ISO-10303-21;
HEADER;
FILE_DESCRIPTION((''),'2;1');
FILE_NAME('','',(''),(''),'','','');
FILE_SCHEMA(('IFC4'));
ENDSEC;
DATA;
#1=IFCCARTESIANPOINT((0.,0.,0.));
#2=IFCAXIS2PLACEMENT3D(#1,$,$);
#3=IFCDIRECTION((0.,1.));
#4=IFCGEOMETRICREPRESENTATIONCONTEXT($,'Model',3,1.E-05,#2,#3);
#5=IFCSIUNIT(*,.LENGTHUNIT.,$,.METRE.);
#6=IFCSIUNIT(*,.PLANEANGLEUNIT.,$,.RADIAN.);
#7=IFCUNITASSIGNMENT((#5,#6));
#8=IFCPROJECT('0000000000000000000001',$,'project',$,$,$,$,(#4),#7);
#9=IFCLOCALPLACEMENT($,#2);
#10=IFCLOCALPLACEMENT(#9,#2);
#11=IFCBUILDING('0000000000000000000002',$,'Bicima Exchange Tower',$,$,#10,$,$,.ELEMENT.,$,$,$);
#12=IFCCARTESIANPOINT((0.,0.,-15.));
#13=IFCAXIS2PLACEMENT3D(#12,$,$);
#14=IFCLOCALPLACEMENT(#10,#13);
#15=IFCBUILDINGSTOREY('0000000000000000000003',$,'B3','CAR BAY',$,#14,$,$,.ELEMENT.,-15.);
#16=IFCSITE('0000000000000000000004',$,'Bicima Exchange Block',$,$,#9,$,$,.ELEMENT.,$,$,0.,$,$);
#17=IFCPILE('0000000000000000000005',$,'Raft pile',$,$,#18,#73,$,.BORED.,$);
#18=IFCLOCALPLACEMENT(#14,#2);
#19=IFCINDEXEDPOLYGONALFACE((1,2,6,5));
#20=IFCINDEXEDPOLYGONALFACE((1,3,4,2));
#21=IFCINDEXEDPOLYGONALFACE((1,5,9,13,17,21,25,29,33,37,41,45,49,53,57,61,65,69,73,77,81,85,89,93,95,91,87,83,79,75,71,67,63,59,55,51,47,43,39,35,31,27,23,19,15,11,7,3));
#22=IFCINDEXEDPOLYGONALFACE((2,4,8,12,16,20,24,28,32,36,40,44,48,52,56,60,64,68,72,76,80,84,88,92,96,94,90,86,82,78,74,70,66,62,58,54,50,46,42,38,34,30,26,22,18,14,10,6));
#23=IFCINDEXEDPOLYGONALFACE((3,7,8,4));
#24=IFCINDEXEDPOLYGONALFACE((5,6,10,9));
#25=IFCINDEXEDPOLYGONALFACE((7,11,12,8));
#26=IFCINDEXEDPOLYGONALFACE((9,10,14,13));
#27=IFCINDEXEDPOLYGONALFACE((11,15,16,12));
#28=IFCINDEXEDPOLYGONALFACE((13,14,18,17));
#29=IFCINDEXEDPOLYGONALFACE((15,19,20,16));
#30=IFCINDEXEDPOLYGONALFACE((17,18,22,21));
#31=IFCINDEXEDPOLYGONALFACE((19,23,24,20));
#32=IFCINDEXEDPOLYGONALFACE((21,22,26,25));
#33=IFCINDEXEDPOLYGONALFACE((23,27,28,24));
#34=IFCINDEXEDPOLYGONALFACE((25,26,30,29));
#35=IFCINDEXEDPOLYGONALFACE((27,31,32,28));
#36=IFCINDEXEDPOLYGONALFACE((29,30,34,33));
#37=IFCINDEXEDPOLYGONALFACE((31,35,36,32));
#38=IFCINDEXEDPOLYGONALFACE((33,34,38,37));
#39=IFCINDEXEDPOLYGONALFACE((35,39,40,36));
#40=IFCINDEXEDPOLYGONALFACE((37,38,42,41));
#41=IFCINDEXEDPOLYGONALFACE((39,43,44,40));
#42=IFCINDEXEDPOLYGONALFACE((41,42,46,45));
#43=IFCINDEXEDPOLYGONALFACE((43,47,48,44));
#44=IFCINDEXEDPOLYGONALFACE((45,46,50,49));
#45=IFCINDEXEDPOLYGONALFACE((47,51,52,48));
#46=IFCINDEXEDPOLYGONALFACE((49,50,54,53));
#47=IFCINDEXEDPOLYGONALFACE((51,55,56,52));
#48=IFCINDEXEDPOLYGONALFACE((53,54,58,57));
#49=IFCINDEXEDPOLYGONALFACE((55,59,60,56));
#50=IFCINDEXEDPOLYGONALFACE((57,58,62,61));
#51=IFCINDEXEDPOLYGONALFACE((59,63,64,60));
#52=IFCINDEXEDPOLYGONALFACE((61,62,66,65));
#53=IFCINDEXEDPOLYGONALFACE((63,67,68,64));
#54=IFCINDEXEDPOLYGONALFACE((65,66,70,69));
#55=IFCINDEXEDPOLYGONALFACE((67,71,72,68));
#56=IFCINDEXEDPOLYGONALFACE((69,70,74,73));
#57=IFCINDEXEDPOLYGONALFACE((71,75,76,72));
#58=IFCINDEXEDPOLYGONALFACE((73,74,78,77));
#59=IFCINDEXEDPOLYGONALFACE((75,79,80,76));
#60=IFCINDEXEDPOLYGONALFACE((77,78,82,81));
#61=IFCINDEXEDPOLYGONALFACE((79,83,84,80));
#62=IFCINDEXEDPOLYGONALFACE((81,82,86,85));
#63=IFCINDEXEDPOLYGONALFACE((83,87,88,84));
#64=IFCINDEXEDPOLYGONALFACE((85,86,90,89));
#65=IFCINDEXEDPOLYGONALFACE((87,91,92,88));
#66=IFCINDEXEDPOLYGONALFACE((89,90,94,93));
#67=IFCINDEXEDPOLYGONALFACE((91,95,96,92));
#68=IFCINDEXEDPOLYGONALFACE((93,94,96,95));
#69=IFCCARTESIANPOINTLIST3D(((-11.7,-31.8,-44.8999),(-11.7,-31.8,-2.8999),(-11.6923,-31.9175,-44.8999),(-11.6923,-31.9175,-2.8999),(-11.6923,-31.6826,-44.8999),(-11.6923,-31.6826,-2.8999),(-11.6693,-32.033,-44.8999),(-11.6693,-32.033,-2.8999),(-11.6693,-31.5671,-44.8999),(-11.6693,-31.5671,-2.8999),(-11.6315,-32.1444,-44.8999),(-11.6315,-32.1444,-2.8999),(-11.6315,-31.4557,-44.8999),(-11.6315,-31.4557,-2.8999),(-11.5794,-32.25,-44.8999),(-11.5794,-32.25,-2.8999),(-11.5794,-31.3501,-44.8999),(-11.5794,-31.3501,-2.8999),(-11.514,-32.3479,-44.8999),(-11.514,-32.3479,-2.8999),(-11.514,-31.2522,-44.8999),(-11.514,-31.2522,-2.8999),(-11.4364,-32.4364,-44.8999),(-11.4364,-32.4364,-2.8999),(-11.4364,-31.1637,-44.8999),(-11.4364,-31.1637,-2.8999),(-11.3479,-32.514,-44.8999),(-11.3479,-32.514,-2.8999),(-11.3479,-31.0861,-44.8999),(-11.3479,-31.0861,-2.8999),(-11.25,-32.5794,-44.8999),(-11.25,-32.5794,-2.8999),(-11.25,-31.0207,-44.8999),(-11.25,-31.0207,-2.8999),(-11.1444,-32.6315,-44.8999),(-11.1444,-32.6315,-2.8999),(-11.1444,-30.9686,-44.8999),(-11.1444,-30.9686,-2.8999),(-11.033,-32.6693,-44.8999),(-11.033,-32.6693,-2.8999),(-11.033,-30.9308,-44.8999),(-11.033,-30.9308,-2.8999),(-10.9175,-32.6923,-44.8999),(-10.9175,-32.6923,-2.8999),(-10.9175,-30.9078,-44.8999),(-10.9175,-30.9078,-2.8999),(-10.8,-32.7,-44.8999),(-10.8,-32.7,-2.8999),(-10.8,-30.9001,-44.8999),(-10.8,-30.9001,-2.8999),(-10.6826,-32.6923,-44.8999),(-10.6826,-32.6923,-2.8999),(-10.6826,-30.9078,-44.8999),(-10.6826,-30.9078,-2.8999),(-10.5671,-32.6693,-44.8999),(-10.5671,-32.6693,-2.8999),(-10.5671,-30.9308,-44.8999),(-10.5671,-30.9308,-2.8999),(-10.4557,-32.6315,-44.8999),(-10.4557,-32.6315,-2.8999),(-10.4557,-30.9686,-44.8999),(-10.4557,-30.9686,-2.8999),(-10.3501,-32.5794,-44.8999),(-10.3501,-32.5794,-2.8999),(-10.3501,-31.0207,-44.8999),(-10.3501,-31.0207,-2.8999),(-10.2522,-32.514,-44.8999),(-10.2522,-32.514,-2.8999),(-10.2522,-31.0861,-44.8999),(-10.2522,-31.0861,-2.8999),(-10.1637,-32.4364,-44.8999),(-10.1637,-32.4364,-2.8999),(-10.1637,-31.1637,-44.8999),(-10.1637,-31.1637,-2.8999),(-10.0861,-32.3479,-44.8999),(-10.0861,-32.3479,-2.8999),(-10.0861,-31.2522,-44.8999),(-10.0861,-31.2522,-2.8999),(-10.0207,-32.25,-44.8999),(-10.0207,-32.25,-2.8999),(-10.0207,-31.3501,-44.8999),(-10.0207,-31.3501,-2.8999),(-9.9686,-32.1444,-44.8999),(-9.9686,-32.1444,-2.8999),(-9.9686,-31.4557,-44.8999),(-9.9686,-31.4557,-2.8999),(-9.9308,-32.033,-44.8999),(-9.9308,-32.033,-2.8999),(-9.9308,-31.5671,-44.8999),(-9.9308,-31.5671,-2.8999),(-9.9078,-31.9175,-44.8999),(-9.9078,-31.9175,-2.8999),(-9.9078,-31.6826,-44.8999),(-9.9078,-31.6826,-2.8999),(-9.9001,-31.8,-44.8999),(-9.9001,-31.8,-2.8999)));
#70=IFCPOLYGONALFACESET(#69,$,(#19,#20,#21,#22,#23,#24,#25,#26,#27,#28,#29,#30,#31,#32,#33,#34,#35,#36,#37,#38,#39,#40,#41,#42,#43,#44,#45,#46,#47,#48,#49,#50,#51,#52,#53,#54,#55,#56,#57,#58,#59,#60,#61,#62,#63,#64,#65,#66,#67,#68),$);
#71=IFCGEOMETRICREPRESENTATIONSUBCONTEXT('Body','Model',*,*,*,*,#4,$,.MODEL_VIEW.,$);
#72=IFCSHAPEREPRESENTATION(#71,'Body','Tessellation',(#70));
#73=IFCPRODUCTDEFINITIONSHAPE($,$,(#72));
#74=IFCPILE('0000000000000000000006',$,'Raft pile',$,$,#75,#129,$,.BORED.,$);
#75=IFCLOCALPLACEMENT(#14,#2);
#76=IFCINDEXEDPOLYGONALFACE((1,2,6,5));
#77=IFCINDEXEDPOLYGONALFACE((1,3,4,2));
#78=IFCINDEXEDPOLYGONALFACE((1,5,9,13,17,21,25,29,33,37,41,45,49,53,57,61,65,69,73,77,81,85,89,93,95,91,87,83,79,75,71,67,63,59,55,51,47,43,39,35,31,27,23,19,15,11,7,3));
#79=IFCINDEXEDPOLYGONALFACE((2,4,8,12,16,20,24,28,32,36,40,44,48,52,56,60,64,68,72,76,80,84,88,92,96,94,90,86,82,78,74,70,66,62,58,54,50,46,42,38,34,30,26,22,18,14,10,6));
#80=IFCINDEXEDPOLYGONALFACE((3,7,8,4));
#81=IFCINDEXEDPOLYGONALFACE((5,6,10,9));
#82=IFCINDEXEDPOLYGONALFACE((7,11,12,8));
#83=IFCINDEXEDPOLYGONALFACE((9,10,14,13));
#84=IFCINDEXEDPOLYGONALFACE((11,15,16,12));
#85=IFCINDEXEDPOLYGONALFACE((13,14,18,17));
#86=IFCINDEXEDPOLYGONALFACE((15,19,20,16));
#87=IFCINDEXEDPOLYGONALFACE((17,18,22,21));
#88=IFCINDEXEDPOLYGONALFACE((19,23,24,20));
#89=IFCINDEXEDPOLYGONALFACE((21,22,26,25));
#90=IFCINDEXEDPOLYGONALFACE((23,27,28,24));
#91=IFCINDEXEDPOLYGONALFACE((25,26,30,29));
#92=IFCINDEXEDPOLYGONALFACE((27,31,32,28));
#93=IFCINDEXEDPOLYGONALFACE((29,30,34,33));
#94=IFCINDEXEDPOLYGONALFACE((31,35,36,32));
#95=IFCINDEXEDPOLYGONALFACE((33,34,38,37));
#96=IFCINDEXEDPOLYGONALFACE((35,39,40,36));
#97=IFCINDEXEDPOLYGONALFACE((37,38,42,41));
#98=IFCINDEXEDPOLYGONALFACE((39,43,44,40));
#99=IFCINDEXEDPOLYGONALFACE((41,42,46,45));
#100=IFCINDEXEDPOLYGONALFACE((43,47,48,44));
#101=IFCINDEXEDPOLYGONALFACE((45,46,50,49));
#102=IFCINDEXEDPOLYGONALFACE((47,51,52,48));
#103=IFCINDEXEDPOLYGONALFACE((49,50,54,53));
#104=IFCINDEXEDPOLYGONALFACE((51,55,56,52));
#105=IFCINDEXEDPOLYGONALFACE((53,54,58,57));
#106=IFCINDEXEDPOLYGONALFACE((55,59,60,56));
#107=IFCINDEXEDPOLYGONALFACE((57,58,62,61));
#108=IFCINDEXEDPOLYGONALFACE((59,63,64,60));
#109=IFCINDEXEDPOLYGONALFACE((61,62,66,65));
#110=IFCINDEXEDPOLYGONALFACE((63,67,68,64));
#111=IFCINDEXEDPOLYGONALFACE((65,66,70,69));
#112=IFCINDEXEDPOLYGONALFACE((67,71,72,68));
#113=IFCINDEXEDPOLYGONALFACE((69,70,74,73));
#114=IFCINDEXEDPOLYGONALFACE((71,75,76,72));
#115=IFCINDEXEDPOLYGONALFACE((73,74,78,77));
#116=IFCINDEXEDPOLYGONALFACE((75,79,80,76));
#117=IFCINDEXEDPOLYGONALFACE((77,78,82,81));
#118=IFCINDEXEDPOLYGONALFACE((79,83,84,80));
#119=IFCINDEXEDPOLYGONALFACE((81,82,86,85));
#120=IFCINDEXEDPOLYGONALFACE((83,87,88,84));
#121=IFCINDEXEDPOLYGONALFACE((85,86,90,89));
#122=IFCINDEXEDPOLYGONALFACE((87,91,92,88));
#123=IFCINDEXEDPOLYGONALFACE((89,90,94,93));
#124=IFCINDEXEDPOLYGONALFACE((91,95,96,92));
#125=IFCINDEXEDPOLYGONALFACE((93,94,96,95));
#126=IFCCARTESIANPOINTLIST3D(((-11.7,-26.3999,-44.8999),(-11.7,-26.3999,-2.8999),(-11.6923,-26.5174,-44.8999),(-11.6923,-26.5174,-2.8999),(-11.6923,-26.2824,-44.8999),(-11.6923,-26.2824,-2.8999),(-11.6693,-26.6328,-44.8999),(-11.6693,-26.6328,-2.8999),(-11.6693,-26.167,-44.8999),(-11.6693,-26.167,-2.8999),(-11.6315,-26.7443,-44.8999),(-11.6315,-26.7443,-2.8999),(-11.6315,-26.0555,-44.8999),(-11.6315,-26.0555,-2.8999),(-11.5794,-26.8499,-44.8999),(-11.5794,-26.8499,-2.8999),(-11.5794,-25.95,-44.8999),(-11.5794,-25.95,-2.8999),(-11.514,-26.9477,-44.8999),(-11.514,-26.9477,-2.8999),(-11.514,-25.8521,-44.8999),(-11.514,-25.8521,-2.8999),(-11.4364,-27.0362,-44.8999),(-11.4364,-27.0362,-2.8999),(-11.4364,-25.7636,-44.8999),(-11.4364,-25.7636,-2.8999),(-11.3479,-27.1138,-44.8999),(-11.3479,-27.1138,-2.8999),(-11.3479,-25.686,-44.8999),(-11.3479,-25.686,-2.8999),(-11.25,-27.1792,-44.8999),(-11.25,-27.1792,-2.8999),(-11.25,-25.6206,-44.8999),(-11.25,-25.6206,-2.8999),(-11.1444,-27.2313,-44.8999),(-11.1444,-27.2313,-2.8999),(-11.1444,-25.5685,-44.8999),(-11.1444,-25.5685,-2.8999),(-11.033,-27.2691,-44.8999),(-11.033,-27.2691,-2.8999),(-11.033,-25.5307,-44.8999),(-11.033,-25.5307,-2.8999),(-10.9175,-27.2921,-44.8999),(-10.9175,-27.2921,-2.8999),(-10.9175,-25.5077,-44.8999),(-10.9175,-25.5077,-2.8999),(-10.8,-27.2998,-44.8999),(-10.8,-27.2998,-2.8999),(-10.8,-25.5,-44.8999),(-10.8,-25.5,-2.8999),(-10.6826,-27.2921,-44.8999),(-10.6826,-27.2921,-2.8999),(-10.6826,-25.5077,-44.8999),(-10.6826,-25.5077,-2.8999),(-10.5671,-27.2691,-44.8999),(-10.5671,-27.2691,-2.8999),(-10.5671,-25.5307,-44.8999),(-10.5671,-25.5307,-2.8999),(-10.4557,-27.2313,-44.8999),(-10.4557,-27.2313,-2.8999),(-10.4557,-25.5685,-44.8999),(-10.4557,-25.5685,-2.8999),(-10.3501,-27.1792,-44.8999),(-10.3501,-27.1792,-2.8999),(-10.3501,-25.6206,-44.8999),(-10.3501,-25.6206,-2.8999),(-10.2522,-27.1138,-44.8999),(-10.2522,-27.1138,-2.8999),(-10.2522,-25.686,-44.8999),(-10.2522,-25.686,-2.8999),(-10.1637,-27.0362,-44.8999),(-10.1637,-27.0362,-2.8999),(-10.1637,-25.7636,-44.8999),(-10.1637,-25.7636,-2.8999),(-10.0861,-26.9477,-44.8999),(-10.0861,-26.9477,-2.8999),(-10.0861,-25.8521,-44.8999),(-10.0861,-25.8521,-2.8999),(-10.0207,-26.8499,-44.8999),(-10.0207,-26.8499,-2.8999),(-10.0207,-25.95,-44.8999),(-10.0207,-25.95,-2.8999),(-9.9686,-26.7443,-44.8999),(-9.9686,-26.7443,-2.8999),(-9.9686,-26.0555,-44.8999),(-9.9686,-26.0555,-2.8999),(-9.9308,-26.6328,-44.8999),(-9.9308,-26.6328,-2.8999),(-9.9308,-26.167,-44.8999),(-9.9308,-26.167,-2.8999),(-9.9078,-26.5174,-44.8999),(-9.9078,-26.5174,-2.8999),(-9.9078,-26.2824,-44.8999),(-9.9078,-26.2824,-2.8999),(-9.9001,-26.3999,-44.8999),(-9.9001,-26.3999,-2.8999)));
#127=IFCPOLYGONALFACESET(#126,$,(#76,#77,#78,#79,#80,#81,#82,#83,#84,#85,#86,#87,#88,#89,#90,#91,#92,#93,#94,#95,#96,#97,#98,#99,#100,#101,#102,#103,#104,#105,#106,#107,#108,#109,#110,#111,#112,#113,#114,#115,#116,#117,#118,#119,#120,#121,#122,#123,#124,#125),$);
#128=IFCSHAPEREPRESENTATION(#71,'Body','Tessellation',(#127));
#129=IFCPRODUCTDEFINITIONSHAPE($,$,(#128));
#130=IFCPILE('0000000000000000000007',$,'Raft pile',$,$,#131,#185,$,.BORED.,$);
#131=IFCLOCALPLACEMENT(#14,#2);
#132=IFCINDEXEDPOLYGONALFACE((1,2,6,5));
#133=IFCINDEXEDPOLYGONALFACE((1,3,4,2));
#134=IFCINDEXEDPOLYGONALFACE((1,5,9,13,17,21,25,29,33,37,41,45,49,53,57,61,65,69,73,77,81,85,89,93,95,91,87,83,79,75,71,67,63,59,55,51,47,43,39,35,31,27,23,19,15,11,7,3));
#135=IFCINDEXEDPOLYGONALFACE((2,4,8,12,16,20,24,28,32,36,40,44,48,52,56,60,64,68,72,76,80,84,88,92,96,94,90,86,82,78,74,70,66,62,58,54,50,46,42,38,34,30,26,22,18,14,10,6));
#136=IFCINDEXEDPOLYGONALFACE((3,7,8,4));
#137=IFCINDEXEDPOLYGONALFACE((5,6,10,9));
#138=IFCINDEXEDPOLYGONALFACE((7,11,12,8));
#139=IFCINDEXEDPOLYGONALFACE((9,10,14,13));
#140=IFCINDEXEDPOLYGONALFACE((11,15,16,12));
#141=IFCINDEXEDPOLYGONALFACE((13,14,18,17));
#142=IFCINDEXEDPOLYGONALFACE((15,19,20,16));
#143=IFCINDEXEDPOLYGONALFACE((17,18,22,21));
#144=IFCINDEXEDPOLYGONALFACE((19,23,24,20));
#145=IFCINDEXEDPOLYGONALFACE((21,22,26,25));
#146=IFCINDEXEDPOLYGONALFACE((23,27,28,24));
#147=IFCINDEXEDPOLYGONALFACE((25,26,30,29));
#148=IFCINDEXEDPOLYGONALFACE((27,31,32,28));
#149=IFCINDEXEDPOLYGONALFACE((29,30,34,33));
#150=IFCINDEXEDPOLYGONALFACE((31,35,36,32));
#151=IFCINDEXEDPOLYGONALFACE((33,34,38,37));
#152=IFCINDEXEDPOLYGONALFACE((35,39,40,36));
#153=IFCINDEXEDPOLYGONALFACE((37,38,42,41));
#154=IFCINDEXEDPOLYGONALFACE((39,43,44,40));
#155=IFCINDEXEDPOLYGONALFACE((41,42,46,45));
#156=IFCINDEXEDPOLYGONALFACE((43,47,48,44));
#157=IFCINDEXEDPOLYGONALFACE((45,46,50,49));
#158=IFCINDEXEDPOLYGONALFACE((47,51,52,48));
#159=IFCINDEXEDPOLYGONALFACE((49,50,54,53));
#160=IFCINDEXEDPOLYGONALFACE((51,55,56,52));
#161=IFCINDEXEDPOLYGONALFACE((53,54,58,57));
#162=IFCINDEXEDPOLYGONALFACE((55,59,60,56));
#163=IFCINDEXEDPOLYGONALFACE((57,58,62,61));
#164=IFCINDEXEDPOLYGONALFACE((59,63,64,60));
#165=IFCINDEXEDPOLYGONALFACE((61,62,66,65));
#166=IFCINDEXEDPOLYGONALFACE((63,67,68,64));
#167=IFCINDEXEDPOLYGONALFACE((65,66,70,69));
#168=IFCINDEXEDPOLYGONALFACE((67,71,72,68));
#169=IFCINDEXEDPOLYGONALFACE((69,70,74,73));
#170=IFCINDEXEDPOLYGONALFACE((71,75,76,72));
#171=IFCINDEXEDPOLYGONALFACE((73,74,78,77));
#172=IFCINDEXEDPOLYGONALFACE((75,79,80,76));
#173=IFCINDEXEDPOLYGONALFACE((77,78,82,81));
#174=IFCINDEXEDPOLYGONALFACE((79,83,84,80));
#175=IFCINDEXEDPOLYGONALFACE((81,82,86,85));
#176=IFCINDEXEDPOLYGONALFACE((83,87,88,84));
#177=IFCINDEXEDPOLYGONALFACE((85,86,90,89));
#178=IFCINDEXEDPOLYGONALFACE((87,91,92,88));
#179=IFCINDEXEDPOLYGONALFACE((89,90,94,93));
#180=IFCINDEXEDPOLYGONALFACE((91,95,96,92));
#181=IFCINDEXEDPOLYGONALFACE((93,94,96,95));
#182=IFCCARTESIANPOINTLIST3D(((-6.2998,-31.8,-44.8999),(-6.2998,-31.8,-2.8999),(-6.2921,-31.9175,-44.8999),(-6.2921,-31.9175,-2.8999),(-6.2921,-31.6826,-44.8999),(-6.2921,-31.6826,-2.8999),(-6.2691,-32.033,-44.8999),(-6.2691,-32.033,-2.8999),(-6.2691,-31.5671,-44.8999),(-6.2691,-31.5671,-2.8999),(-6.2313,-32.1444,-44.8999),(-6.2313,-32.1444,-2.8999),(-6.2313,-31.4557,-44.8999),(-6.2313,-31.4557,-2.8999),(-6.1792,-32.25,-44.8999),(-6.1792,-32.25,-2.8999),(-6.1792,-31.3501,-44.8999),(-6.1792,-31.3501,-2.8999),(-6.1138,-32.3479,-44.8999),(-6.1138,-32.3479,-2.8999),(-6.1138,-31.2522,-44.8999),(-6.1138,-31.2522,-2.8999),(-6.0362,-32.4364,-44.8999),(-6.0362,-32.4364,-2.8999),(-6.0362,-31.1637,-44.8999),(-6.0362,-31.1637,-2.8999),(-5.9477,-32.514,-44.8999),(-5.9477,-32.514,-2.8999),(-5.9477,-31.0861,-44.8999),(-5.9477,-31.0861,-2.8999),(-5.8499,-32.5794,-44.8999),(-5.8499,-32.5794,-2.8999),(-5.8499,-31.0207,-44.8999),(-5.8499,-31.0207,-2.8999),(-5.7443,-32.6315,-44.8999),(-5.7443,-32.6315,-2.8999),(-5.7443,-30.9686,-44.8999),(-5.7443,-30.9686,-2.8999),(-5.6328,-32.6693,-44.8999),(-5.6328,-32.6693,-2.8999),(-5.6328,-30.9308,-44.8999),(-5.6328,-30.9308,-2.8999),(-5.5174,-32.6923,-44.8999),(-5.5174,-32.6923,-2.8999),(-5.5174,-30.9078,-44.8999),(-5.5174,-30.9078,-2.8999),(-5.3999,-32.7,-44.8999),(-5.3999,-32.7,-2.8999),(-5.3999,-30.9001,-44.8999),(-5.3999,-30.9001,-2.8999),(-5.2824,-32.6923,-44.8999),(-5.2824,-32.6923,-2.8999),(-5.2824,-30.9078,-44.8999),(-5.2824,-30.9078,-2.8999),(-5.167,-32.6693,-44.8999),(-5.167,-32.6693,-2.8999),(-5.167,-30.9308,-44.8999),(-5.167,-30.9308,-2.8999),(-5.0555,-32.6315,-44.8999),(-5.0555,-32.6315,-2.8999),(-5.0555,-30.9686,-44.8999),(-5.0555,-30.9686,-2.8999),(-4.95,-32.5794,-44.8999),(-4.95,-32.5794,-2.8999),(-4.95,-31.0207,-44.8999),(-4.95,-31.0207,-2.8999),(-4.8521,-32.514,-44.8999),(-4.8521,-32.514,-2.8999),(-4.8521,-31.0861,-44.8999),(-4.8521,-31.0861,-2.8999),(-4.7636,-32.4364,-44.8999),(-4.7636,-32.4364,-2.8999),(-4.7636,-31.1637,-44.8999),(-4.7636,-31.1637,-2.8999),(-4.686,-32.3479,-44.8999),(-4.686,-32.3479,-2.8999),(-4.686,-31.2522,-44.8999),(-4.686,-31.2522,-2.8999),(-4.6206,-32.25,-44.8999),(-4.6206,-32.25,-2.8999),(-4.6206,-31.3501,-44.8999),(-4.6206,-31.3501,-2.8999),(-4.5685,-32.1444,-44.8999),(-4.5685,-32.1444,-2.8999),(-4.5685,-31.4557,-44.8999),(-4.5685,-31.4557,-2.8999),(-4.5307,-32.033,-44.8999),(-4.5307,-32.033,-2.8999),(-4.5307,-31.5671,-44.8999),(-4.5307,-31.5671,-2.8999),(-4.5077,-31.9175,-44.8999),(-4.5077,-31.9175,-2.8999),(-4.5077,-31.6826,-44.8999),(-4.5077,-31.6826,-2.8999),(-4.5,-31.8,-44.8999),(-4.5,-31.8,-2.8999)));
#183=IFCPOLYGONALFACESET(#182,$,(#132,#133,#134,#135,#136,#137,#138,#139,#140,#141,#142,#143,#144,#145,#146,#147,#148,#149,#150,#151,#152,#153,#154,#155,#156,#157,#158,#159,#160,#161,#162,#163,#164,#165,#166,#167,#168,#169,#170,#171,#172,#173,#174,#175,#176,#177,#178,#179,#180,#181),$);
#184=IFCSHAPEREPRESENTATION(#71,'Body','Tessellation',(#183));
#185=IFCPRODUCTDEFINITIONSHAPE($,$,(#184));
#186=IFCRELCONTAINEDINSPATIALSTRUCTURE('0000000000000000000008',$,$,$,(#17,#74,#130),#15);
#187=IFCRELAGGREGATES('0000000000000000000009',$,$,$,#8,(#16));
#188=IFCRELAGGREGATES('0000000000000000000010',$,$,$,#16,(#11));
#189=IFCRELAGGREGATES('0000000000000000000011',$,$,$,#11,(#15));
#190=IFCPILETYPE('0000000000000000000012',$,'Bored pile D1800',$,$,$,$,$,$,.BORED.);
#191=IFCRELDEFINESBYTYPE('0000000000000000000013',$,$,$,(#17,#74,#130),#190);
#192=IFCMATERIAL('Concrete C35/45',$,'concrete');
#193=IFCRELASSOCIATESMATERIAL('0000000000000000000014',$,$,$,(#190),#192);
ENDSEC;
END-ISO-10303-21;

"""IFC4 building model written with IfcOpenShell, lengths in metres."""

from ifc_helpers import new_model, si_unit, direction, frame, origin, origin_2d, place, context, subcontext, project, spatial, circle, extrude, material, material_profile, profile_set, type_object, element, save


model = new_model("IFC4")

# Units and contexts
model_context = context("Model", 3, precision=1e-05, world=origin(), true_north=direction((0.0, 1.0)))
body_context = subcontext(model_context, "Body", "Model", "MODEL_VIEW")
ifc_project = project(units=[si_unit("LENGTHUNIT", "METRE"), si_unit("PLANEANGLEUNIT", "RADIAN")], contexts=[model_context])

# Site, building, storey
site_placement = place(None, origin())
site = spatial("IfcSite", under=ifc_project, at=site_placement, Name="Bicima Exchange Block", CompositionType="ELEMENT", RefElevation=0.0)
building_placement = place(site_placement, origin())
building = spatial("IfcBuilding", under=site, at=building_placement, Name="Bicima Exchange Tower", CompositionType="ELEMENT")
storey_placement = place(building_placement, frame((0.0, 0.0, -15.0)))
storey = spatial("IfcBuildingStorey", under=building, at=storey_placement, Name="B3", Description="CAR BAY", CompositionType="ELEMENT", Elevation=-15.0)

# Piles
ifc_material_1 = material(Name="Concrete C35/45", Category="concrete")
ifc_material_profile_1 = material_profile(ifc_material_1, circle(Radius=0.8999, at=origin_2d()))
ifc_profile_set_1 = profile_set([ifc_material_profile_1], Name="Concrete C35/45")
pile_type = type_object("IfcPileType", Name="Bored pile D1800", PredefinedType="BORED", material=ifc_profile_set_1)
for number, where, z_axis, x_axis, name in (
    (1, (-10.8, -31.8, -2.8999), (0.0, 0.0, -1.0), (1.0, 0.0, 0.0), "Raft pile"),
    (2, (-10.8, -26.3999, -2.8999), (0.0, 0.0, -1.0), (1.0, 0.0, 0.0), "Raft pile"),
    (3, (-5.3999, -31.8, -2.8999), (0.0, 0.0, -1.0), (1.0, 0.0, 0.0), "Raft pile"),
):
    element("IfcPile", number, at=place(storey_placement, frame(where, z_axis=z_axis, x_axis=x_axis)), inside=storey, type_object=pile_type, Name=name, PredefinedType="BORED", context=body_context, shape_type="SweptSolid", body=[
        extrude(circle(Radius=0.8999, at=origin_2d()), origin(), (0.0, 0.0, 1.0), 42.0),
    ])

save(model, "model.ifc")
